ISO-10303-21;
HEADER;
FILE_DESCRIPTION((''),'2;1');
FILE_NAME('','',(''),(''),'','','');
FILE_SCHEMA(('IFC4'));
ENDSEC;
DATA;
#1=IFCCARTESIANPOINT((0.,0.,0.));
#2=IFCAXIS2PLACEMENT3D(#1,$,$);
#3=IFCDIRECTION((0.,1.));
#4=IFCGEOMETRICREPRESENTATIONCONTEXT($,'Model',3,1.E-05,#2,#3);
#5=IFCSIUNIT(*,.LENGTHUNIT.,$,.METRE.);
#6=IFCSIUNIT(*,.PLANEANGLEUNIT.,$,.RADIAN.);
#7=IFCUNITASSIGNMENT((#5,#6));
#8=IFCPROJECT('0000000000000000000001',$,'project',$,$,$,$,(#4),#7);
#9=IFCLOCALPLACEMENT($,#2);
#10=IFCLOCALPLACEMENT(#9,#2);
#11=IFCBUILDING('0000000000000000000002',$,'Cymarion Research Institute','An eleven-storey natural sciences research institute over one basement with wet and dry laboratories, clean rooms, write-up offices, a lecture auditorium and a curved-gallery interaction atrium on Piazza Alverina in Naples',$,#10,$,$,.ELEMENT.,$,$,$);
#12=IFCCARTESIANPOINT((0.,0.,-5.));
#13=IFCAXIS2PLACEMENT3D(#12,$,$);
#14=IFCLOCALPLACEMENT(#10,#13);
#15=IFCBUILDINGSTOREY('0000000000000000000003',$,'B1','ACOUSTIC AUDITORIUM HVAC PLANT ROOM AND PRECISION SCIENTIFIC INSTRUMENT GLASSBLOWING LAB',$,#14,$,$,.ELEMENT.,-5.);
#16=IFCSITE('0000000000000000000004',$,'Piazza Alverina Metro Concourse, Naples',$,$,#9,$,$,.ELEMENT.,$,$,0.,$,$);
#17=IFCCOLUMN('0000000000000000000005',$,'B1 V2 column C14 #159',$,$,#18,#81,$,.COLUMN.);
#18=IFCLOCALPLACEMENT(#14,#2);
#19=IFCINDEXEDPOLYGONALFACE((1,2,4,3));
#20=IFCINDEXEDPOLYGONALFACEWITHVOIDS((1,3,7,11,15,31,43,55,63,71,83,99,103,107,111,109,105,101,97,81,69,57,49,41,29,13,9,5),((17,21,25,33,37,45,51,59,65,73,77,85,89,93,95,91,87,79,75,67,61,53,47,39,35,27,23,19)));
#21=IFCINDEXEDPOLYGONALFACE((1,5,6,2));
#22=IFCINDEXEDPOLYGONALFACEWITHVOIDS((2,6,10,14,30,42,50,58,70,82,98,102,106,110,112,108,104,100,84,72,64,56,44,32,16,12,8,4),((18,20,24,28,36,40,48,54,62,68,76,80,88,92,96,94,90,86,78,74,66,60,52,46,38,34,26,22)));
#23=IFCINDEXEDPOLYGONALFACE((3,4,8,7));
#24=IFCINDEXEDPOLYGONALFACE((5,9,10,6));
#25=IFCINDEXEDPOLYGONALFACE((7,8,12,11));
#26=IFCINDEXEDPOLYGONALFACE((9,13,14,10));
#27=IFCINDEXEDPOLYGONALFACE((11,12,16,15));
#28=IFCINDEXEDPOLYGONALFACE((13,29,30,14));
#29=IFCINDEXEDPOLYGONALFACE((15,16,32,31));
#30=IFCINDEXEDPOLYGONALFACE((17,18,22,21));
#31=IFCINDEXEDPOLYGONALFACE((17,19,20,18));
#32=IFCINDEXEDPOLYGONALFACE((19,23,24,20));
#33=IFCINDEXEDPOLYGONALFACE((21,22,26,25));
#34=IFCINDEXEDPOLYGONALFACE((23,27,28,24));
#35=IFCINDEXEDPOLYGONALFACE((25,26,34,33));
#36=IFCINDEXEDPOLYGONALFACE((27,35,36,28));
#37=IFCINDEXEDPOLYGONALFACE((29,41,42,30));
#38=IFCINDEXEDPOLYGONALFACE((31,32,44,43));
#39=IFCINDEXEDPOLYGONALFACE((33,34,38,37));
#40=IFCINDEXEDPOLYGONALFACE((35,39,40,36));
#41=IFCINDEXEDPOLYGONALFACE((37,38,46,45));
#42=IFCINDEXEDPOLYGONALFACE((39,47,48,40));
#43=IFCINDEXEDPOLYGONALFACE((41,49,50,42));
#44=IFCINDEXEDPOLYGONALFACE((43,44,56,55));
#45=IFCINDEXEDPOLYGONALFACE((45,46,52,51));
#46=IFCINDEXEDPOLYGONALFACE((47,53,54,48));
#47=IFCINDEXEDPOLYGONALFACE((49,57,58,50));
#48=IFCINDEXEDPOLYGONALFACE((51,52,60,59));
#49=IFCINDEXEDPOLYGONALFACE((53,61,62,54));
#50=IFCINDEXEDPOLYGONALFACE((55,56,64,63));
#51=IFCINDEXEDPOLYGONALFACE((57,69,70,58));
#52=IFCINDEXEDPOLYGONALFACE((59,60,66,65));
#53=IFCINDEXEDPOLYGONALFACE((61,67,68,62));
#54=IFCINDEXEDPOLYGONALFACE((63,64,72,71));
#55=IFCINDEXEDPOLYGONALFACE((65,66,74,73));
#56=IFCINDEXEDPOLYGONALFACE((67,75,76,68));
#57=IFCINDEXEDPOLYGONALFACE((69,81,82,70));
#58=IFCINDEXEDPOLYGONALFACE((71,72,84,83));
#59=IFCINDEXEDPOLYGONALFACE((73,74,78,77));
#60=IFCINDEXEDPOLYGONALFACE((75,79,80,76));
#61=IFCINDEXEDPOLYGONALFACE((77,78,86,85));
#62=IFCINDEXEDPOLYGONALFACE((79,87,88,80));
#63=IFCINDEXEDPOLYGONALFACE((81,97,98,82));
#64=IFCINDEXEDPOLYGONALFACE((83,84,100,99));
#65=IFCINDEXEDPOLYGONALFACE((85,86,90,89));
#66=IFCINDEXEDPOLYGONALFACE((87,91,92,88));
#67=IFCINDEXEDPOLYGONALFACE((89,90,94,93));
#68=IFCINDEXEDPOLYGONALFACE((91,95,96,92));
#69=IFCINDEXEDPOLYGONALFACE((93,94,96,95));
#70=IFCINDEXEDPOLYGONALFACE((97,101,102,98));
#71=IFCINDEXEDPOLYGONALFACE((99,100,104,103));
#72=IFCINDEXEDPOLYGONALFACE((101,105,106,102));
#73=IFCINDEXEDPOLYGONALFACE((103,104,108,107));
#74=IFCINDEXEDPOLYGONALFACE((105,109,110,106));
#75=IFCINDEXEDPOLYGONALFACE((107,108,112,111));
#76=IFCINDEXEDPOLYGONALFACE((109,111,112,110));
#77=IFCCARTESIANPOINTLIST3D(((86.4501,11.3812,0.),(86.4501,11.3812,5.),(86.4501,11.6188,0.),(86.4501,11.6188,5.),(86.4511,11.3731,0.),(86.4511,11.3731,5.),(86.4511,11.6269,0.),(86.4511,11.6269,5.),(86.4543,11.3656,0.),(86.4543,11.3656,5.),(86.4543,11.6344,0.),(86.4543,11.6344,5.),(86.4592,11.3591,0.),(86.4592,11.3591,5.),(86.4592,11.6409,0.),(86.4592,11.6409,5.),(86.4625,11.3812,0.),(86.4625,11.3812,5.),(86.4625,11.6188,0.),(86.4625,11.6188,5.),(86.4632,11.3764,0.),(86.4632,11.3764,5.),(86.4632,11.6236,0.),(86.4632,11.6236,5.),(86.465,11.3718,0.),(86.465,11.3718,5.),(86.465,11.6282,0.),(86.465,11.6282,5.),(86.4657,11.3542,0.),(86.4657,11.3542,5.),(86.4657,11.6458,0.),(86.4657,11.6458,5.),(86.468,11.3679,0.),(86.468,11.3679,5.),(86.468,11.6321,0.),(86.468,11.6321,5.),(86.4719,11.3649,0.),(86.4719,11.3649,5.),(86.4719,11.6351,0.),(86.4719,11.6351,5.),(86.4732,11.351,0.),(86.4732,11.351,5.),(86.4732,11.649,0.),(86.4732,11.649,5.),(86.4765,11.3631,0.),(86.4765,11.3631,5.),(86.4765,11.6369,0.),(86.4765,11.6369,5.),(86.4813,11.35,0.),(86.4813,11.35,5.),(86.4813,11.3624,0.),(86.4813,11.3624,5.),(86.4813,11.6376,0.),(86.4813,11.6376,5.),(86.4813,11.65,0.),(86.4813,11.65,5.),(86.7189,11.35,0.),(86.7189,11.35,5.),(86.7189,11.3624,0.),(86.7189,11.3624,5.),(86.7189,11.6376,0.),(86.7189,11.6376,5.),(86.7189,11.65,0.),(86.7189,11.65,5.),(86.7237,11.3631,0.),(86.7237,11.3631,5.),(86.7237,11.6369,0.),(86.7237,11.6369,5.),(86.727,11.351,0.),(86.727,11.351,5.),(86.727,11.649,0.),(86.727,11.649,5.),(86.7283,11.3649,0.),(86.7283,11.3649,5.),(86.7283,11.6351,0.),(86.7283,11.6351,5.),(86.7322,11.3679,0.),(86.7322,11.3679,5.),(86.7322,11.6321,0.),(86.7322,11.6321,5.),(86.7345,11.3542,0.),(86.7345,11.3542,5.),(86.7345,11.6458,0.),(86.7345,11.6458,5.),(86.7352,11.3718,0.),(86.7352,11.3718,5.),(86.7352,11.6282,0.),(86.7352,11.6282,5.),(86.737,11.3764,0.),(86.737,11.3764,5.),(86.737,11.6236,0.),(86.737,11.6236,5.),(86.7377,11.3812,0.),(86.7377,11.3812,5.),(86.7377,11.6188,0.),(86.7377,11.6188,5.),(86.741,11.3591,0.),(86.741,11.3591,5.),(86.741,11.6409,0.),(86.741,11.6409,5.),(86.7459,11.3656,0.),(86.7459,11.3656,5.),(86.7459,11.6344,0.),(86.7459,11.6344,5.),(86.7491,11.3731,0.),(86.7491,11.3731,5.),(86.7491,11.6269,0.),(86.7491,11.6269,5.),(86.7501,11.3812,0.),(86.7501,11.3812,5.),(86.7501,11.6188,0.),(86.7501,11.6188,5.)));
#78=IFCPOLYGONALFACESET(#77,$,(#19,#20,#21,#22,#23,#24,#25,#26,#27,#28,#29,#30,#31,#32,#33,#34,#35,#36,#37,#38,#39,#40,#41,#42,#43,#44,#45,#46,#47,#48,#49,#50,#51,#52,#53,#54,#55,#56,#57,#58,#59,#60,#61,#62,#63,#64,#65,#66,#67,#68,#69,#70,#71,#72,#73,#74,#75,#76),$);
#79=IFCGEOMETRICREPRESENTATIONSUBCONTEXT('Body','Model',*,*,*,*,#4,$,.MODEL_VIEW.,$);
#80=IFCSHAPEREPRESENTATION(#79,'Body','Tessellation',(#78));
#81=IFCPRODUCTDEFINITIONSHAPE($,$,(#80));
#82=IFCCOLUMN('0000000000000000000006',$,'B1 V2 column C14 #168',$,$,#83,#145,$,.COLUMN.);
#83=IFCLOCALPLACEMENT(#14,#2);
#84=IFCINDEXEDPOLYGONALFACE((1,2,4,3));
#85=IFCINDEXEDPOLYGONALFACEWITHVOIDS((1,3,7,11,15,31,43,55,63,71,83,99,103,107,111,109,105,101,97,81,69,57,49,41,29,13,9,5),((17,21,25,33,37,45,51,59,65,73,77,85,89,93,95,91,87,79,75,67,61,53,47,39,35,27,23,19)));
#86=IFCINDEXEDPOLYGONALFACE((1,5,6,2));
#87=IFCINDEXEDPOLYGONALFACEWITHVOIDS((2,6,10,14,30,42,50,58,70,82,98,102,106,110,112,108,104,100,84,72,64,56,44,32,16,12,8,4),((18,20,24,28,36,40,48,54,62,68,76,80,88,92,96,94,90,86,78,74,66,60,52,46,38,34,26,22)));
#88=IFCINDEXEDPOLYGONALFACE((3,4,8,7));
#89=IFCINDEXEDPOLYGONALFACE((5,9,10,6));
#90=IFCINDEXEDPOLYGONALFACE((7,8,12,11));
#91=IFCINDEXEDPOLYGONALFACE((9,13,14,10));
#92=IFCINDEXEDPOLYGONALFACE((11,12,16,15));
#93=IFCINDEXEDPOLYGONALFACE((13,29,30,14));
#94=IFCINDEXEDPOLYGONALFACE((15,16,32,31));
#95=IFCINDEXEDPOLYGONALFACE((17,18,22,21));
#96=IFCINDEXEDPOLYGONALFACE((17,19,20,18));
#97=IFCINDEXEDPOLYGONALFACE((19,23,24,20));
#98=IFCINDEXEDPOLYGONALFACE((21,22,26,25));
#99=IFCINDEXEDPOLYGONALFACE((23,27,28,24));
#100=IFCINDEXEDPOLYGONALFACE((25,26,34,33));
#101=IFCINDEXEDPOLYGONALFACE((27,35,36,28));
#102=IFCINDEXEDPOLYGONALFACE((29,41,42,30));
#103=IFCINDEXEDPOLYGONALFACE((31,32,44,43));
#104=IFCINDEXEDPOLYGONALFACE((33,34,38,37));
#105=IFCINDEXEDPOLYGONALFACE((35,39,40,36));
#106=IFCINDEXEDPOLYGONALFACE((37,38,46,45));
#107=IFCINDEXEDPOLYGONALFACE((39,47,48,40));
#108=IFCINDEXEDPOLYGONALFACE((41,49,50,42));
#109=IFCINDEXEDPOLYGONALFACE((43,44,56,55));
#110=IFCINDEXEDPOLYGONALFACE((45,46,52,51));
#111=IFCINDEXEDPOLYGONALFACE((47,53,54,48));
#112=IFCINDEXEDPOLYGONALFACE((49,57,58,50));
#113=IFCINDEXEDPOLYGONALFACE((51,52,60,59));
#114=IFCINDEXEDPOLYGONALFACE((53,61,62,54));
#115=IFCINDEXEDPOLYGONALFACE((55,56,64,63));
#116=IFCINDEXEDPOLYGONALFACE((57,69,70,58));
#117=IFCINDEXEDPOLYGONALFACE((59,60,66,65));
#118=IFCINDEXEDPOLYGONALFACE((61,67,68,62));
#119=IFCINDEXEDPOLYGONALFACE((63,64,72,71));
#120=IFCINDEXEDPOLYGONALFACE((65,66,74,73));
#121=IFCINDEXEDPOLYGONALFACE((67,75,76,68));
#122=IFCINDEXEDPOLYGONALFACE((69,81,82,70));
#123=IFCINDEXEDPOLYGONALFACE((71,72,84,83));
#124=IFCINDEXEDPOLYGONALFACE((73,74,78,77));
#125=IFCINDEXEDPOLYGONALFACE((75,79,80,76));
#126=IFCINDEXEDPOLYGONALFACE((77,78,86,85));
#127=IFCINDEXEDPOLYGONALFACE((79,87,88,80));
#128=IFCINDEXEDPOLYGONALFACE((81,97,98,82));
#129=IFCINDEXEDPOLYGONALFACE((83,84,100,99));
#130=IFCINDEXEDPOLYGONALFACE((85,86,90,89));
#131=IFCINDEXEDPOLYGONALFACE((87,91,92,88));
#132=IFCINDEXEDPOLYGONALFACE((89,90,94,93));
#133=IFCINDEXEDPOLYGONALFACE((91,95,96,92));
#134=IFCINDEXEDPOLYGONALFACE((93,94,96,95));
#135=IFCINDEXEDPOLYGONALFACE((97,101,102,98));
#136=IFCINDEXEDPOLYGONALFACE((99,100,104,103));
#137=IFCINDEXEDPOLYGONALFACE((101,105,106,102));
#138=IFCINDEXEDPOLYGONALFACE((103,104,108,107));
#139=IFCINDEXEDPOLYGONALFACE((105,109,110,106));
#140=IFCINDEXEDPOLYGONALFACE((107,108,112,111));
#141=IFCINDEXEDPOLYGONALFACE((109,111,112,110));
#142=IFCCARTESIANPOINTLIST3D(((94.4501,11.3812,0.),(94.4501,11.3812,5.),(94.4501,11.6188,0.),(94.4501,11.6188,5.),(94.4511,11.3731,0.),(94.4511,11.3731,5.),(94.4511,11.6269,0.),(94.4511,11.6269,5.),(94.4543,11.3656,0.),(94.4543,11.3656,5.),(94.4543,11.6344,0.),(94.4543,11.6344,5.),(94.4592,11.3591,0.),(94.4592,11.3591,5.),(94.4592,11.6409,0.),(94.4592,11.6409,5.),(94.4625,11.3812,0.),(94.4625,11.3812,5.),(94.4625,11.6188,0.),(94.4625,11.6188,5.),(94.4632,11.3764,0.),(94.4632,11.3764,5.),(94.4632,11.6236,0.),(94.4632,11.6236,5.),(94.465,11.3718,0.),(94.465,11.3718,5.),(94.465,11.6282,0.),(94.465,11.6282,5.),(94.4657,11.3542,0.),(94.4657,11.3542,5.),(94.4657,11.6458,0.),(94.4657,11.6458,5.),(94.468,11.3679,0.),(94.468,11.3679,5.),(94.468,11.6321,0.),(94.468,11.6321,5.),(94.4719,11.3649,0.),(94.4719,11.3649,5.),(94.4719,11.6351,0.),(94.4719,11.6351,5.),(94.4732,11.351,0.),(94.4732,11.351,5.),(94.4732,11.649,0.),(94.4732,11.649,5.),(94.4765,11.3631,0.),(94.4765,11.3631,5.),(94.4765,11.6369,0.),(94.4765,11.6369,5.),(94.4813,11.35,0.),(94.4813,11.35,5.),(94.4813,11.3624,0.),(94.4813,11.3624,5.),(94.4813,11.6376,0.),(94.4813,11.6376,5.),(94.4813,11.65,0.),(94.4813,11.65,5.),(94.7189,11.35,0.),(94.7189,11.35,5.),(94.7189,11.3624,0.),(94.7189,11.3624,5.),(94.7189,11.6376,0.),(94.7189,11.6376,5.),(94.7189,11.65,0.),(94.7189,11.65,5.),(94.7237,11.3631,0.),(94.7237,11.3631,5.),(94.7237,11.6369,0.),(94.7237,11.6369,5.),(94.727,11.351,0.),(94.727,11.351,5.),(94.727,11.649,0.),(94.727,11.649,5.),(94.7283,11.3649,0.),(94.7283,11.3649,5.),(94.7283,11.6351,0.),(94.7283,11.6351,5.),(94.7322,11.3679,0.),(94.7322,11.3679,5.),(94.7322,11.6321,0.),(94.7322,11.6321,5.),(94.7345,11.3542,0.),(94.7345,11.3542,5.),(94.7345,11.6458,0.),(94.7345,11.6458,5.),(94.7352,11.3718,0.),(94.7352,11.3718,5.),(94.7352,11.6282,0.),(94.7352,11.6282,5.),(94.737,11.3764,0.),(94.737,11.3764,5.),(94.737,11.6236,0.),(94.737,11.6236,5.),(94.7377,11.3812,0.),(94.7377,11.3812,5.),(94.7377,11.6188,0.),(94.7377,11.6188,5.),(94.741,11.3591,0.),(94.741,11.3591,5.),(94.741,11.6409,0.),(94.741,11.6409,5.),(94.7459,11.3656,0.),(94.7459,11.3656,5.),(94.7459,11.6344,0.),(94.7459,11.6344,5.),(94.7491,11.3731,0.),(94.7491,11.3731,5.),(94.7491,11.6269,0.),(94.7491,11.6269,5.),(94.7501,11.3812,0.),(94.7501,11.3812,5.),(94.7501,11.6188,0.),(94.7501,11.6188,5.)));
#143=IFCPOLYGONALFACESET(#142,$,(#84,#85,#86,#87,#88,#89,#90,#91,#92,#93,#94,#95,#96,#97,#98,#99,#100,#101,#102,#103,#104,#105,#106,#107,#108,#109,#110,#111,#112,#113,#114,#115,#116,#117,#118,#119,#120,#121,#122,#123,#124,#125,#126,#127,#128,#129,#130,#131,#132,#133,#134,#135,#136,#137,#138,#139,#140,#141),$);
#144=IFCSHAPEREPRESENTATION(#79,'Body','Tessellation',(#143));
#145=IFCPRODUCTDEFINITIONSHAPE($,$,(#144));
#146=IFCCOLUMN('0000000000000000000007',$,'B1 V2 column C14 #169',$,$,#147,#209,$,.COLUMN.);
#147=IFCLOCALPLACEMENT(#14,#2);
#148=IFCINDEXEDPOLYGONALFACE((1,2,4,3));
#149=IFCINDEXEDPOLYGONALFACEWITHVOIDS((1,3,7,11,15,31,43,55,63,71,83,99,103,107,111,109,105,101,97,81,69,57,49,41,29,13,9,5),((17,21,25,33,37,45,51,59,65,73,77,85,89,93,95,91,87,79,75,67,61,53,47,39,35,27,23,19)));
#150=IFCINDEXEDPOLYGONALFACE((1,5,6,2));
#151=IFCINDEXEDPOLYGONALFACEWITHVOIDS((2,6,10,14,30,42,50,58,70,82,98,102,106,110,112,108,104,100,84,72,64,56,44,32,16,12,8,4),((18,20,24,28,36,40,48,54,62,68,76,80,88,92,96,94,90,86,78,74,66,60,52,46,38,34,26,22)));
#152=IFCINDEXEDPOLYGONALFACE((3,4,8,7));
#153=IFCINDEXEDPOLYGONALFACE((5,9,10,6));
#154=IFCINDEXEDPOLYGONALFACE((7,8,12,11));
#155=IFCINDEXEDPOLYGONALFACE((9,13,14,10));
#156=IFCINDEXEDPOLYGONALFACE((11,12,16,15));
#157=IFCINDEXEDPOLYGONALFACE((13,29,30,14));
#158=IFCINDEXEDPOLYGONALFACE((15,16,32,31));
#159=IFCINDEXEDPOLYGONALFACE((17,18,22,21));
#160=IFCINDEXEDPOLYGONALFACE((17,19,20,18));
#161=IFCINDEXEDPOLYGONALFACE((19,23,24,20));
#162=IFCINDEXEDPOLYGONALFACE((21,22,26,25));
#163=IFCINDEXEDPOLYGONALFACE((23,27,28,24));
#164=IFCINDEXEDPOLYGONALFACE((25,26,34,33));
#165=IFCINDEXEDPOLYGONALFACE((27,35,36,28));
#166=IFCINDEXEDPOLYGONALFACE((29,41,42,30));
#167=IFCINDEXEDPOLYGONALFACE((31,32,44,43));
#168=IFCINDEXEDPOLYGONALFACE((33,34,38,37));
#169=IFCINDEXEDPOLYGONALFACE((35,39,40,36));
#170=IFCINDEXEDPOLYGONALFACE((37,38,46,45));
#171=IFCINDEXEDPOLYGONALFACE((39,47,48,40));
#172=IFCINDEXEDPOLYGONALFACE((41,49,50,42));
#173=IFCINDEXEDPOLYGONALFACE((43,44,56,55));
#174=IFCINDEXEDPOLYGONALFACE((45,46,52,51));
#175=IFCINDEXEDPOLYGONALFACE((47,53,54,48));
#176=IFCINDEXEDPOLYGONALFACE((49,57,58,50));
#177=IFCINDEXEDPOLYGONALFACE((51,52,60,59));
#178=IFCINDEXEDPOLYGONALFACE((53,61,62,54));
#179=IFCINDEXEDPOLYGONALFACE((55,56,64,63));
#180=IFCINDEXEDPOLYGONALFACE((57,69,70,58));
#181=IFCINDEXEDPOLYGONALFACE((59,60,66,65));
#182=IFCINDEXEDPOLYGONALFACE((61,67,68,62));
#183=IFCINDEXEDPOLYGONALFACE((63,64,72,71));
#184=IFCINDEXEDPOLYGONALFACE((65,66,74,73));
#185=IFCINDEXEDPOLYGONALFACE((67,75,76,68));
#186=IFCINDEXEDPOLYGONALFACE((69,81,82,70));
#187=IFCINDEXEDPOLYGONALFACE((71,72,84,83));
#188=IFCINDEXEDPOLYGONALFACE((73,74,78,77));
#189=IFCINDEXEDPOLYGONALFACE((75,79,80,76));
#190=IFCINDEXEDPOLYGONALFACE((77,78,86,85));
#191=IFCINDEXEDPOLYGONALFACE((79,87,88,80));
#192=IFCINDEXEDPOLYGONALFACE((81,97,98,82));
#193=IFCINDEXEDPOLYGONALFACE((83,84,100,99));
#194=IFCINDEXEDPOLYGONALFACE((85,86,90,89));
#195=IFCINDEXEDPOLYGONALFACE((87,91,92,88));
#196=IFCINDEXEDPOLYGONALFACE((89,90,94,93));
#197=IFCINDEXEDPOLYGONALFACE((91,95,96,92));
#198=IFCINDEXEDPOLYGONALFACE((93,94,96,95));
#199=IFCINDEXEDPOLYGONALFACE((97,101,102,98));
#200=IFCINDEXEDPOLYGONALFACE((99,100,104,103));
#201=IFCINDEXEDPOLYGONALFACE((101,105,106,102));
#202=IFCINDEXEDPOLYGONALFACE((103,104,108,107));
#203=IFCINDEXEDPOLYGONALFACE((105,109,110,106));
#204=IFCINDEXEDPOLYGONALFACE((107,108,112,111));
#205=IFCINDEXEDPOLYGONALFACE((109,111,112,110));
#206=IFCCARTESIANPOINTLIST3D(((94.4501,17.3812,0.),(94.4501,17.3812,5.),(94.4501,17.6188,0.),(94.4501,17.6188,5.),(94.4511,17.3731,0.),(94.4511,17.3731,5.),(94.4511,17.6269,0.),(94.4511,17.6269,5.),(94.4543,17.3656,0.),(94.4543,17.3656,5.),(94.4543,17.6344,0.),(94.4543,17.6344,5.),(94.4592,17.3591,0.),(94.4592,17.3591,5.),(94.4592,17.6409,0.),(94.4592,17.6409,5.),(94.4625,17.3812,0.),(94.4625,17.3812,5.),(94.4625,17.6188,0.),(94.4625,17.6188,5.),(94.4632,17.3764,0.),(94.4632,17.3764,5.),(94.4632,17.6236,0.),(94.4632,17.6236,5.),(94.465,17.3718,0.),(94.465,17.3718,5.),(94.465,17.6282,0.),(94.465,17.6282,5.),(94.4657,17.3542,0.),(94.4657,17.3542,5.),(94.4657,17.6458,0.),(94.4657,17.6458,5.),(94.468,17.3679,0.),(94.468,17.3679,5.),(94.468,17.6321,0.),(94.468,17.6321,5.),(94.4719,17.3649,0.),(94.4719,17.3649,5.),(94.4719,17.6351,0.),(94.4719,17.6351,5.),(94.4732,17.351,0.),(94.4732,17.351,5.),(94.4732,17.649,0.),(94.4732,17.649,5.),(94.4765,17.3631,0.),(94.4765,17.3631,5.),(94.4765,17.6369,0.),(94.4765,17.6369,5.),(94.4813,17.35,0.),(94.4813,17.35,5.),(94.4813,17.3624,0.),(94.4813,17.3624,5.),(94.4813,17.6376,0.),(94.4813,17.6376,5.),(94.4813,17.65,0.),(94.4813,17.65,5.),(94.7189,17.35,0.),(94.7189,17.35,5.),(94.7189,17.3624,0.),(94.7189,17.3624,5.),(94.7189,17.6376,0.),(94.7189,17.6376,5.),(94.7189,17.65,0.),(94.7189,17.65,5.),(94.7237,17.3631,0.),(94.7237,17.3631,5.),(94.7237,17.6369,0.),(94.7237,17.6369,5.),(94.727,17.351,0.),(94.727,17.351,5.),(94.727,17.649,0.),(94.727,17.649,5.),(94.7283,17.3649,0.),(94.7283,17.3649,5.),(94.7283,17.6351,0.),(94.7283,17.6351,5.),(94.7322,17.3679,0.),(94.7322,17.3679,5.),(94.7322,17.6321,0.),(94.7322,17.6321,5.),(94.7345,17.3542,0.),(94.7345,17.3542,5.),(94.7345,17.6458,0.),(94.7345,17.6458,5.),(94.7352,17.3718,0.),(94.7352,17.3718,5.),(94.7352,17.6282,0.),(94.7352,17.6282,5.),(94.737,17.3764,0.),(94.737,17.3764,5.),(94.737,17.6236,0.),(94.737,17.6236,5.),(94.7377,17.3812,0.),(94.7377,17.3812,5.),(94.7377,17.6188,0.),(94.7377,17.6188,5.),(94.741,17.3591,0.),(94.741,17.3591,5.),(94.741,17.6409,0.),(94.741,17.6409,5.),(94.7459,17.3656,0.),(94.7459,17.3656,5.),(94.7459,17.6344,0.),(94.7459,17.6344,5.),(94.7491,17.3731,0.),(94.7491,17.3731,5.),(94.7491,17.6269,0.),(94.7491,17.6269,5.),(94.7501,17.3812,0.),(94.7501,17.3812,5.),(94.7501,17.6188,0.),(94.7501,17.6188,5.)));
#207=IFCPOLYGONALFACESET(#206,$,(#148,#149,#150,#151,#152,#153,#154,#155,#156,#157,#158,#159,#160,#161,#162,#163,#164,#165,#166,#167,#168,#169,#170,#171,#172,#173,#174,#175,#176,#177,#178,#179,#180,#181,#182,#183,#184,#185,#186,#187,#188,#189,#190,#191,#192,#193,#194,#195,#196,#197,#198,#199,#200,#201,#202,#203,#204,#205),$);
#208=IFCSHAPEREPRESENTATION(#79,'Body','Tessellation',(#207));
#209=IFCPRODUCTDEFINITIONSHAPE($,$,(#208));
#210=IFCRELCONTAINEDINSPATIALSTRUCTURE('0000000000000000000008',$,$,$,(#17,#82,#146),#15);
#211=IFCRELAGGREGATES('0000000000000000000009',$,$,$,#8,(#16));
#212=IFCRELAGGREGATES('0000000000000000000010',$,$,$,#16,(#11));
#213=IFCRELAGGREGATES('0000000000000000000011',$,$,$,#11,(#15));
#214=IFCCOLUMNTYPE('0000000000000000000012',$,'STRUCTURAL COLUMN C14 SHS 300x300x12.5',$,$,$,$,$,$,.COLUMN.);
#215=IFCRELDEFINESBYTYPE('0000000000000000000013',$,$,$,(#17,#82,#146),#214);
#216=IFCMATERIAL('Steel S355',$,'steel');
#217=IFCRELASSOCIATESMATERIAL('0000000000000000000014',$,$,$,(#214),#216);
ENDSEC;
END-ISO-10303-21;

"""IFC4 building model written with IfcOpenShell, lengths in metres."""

from ifc_helpers import new_model, si_unit, direction, frame, origin, origin_2d, place, context, subcontext, project, spatial, hollow_rectangle, extrude, material, material_profile, profile_set, type_object, element, save


model = new_model("IFC4")

# Units and contexts
model_context = context("Model", 3, precision=1e-05, world=origin(), true_north=direction((0.0, 1.0)))
body_context = subcontext(model_context, "Body", "Model", "MODEL_VIEW")
ifc_project = project(units=[si_unit("LENGTHUNIT", "METRE"), si_unit("PLANEANGLEUNIT", "RADIAN")], contexts=[model_context])

# Site, building, storey
site_placement = place(None, origin())
site = spatial("IfcSite", under=ifc_project, at=site_placement, Name="Piazza Alverina Metro Concourse, Naples", CompositionType="ELEMENT", RefElevation=0.0)
building_placement = place(site_placement, origin())
building = spatial("IfcBuilding", under=site, at=building_placement, Name="Cymarion Research Institute", Description="An eleven-storey natural sciences research institute over one basement with wet and dry laboratories, clean rooms, write-up offices, a lecture auditorium and a curved-gallery interaction atrium on Piazza Alverina in Naples", CompositionType="ELEMENT")
storey_placement = place(building_placement, frame((0.0, 0.0, -5.0)))
storey = spatial("IfcBuildingStorey", under=building, at=storey_placement, Name="B1", Description="ACOUSTIC AUDITORIUM HVAC PLANT ROOM AND PRECISION SCIENTIFIC INSTRUMENT GLASSBLOWING LAB", CompositionType="ELEMENT", Elevation=-5.0)

# Columns
ifc_material_1 = material(Name="Steel S355", Category="steel")
ifc_material_profile_1 = material_profile(ifc_material_1, hollow_rectangle(XDim=0.3, YDim=0.3, WallThickness=0.0125, InnerFilletRadius=0.0188, OuterFilletRadius=0.0312, at=origin_2d()), Name="SHS 300x300x12.5")
ifc_profile_set_1 = profile_set([ifc_material_profile_1], Name="Steel S355")
column_type_1 = type_object("IfcColumnType", Name="STRUCTURAL COLUMN C14 SHS 300x300x12.5", PredefinedType="COLUMN", material=ifc_profile_set_1)
for number, where, z_axis, x_axis, name in (
    (1, (86.6001, 11.5, 0.0), (0.0, 0.0, 1.0), (1.0, 0.0, 0.0), "B1 V2 column C14 #159"),
    (2, (94.6001, 11.5, 0.0), (0.0, 0.0, 1.0), (1.0, 0.0, 0.0), "B1 V2 column C14 #168"),
    (3, (94.6001, 17.5, 0.0), (0.0, 0.0, 1.0), (1.0, 0.0, 0.0), "B1 V2 column C14 #169"),
):
    element("IfcColumn", number, at=place(storey_placement, frame(where, z_axis=z_axis, x_axis=x_axis)), inside=storey, type_object=column_type_1, Name=name, PredefinedType="COLUMN", context=body_context, shape_type="SweptSolid", body=[
        extrude(hollow_rectangle(XDim=0.3, YDim=0.3, WallThickness=0.0125, InnerFilletRadius=0.0188, OuterFilletRadius=0.0312, at=origin_2d()), origin(), (0.0, 0.0, 1.0), 5.0),
    ])

save(model, "model.ifc")
